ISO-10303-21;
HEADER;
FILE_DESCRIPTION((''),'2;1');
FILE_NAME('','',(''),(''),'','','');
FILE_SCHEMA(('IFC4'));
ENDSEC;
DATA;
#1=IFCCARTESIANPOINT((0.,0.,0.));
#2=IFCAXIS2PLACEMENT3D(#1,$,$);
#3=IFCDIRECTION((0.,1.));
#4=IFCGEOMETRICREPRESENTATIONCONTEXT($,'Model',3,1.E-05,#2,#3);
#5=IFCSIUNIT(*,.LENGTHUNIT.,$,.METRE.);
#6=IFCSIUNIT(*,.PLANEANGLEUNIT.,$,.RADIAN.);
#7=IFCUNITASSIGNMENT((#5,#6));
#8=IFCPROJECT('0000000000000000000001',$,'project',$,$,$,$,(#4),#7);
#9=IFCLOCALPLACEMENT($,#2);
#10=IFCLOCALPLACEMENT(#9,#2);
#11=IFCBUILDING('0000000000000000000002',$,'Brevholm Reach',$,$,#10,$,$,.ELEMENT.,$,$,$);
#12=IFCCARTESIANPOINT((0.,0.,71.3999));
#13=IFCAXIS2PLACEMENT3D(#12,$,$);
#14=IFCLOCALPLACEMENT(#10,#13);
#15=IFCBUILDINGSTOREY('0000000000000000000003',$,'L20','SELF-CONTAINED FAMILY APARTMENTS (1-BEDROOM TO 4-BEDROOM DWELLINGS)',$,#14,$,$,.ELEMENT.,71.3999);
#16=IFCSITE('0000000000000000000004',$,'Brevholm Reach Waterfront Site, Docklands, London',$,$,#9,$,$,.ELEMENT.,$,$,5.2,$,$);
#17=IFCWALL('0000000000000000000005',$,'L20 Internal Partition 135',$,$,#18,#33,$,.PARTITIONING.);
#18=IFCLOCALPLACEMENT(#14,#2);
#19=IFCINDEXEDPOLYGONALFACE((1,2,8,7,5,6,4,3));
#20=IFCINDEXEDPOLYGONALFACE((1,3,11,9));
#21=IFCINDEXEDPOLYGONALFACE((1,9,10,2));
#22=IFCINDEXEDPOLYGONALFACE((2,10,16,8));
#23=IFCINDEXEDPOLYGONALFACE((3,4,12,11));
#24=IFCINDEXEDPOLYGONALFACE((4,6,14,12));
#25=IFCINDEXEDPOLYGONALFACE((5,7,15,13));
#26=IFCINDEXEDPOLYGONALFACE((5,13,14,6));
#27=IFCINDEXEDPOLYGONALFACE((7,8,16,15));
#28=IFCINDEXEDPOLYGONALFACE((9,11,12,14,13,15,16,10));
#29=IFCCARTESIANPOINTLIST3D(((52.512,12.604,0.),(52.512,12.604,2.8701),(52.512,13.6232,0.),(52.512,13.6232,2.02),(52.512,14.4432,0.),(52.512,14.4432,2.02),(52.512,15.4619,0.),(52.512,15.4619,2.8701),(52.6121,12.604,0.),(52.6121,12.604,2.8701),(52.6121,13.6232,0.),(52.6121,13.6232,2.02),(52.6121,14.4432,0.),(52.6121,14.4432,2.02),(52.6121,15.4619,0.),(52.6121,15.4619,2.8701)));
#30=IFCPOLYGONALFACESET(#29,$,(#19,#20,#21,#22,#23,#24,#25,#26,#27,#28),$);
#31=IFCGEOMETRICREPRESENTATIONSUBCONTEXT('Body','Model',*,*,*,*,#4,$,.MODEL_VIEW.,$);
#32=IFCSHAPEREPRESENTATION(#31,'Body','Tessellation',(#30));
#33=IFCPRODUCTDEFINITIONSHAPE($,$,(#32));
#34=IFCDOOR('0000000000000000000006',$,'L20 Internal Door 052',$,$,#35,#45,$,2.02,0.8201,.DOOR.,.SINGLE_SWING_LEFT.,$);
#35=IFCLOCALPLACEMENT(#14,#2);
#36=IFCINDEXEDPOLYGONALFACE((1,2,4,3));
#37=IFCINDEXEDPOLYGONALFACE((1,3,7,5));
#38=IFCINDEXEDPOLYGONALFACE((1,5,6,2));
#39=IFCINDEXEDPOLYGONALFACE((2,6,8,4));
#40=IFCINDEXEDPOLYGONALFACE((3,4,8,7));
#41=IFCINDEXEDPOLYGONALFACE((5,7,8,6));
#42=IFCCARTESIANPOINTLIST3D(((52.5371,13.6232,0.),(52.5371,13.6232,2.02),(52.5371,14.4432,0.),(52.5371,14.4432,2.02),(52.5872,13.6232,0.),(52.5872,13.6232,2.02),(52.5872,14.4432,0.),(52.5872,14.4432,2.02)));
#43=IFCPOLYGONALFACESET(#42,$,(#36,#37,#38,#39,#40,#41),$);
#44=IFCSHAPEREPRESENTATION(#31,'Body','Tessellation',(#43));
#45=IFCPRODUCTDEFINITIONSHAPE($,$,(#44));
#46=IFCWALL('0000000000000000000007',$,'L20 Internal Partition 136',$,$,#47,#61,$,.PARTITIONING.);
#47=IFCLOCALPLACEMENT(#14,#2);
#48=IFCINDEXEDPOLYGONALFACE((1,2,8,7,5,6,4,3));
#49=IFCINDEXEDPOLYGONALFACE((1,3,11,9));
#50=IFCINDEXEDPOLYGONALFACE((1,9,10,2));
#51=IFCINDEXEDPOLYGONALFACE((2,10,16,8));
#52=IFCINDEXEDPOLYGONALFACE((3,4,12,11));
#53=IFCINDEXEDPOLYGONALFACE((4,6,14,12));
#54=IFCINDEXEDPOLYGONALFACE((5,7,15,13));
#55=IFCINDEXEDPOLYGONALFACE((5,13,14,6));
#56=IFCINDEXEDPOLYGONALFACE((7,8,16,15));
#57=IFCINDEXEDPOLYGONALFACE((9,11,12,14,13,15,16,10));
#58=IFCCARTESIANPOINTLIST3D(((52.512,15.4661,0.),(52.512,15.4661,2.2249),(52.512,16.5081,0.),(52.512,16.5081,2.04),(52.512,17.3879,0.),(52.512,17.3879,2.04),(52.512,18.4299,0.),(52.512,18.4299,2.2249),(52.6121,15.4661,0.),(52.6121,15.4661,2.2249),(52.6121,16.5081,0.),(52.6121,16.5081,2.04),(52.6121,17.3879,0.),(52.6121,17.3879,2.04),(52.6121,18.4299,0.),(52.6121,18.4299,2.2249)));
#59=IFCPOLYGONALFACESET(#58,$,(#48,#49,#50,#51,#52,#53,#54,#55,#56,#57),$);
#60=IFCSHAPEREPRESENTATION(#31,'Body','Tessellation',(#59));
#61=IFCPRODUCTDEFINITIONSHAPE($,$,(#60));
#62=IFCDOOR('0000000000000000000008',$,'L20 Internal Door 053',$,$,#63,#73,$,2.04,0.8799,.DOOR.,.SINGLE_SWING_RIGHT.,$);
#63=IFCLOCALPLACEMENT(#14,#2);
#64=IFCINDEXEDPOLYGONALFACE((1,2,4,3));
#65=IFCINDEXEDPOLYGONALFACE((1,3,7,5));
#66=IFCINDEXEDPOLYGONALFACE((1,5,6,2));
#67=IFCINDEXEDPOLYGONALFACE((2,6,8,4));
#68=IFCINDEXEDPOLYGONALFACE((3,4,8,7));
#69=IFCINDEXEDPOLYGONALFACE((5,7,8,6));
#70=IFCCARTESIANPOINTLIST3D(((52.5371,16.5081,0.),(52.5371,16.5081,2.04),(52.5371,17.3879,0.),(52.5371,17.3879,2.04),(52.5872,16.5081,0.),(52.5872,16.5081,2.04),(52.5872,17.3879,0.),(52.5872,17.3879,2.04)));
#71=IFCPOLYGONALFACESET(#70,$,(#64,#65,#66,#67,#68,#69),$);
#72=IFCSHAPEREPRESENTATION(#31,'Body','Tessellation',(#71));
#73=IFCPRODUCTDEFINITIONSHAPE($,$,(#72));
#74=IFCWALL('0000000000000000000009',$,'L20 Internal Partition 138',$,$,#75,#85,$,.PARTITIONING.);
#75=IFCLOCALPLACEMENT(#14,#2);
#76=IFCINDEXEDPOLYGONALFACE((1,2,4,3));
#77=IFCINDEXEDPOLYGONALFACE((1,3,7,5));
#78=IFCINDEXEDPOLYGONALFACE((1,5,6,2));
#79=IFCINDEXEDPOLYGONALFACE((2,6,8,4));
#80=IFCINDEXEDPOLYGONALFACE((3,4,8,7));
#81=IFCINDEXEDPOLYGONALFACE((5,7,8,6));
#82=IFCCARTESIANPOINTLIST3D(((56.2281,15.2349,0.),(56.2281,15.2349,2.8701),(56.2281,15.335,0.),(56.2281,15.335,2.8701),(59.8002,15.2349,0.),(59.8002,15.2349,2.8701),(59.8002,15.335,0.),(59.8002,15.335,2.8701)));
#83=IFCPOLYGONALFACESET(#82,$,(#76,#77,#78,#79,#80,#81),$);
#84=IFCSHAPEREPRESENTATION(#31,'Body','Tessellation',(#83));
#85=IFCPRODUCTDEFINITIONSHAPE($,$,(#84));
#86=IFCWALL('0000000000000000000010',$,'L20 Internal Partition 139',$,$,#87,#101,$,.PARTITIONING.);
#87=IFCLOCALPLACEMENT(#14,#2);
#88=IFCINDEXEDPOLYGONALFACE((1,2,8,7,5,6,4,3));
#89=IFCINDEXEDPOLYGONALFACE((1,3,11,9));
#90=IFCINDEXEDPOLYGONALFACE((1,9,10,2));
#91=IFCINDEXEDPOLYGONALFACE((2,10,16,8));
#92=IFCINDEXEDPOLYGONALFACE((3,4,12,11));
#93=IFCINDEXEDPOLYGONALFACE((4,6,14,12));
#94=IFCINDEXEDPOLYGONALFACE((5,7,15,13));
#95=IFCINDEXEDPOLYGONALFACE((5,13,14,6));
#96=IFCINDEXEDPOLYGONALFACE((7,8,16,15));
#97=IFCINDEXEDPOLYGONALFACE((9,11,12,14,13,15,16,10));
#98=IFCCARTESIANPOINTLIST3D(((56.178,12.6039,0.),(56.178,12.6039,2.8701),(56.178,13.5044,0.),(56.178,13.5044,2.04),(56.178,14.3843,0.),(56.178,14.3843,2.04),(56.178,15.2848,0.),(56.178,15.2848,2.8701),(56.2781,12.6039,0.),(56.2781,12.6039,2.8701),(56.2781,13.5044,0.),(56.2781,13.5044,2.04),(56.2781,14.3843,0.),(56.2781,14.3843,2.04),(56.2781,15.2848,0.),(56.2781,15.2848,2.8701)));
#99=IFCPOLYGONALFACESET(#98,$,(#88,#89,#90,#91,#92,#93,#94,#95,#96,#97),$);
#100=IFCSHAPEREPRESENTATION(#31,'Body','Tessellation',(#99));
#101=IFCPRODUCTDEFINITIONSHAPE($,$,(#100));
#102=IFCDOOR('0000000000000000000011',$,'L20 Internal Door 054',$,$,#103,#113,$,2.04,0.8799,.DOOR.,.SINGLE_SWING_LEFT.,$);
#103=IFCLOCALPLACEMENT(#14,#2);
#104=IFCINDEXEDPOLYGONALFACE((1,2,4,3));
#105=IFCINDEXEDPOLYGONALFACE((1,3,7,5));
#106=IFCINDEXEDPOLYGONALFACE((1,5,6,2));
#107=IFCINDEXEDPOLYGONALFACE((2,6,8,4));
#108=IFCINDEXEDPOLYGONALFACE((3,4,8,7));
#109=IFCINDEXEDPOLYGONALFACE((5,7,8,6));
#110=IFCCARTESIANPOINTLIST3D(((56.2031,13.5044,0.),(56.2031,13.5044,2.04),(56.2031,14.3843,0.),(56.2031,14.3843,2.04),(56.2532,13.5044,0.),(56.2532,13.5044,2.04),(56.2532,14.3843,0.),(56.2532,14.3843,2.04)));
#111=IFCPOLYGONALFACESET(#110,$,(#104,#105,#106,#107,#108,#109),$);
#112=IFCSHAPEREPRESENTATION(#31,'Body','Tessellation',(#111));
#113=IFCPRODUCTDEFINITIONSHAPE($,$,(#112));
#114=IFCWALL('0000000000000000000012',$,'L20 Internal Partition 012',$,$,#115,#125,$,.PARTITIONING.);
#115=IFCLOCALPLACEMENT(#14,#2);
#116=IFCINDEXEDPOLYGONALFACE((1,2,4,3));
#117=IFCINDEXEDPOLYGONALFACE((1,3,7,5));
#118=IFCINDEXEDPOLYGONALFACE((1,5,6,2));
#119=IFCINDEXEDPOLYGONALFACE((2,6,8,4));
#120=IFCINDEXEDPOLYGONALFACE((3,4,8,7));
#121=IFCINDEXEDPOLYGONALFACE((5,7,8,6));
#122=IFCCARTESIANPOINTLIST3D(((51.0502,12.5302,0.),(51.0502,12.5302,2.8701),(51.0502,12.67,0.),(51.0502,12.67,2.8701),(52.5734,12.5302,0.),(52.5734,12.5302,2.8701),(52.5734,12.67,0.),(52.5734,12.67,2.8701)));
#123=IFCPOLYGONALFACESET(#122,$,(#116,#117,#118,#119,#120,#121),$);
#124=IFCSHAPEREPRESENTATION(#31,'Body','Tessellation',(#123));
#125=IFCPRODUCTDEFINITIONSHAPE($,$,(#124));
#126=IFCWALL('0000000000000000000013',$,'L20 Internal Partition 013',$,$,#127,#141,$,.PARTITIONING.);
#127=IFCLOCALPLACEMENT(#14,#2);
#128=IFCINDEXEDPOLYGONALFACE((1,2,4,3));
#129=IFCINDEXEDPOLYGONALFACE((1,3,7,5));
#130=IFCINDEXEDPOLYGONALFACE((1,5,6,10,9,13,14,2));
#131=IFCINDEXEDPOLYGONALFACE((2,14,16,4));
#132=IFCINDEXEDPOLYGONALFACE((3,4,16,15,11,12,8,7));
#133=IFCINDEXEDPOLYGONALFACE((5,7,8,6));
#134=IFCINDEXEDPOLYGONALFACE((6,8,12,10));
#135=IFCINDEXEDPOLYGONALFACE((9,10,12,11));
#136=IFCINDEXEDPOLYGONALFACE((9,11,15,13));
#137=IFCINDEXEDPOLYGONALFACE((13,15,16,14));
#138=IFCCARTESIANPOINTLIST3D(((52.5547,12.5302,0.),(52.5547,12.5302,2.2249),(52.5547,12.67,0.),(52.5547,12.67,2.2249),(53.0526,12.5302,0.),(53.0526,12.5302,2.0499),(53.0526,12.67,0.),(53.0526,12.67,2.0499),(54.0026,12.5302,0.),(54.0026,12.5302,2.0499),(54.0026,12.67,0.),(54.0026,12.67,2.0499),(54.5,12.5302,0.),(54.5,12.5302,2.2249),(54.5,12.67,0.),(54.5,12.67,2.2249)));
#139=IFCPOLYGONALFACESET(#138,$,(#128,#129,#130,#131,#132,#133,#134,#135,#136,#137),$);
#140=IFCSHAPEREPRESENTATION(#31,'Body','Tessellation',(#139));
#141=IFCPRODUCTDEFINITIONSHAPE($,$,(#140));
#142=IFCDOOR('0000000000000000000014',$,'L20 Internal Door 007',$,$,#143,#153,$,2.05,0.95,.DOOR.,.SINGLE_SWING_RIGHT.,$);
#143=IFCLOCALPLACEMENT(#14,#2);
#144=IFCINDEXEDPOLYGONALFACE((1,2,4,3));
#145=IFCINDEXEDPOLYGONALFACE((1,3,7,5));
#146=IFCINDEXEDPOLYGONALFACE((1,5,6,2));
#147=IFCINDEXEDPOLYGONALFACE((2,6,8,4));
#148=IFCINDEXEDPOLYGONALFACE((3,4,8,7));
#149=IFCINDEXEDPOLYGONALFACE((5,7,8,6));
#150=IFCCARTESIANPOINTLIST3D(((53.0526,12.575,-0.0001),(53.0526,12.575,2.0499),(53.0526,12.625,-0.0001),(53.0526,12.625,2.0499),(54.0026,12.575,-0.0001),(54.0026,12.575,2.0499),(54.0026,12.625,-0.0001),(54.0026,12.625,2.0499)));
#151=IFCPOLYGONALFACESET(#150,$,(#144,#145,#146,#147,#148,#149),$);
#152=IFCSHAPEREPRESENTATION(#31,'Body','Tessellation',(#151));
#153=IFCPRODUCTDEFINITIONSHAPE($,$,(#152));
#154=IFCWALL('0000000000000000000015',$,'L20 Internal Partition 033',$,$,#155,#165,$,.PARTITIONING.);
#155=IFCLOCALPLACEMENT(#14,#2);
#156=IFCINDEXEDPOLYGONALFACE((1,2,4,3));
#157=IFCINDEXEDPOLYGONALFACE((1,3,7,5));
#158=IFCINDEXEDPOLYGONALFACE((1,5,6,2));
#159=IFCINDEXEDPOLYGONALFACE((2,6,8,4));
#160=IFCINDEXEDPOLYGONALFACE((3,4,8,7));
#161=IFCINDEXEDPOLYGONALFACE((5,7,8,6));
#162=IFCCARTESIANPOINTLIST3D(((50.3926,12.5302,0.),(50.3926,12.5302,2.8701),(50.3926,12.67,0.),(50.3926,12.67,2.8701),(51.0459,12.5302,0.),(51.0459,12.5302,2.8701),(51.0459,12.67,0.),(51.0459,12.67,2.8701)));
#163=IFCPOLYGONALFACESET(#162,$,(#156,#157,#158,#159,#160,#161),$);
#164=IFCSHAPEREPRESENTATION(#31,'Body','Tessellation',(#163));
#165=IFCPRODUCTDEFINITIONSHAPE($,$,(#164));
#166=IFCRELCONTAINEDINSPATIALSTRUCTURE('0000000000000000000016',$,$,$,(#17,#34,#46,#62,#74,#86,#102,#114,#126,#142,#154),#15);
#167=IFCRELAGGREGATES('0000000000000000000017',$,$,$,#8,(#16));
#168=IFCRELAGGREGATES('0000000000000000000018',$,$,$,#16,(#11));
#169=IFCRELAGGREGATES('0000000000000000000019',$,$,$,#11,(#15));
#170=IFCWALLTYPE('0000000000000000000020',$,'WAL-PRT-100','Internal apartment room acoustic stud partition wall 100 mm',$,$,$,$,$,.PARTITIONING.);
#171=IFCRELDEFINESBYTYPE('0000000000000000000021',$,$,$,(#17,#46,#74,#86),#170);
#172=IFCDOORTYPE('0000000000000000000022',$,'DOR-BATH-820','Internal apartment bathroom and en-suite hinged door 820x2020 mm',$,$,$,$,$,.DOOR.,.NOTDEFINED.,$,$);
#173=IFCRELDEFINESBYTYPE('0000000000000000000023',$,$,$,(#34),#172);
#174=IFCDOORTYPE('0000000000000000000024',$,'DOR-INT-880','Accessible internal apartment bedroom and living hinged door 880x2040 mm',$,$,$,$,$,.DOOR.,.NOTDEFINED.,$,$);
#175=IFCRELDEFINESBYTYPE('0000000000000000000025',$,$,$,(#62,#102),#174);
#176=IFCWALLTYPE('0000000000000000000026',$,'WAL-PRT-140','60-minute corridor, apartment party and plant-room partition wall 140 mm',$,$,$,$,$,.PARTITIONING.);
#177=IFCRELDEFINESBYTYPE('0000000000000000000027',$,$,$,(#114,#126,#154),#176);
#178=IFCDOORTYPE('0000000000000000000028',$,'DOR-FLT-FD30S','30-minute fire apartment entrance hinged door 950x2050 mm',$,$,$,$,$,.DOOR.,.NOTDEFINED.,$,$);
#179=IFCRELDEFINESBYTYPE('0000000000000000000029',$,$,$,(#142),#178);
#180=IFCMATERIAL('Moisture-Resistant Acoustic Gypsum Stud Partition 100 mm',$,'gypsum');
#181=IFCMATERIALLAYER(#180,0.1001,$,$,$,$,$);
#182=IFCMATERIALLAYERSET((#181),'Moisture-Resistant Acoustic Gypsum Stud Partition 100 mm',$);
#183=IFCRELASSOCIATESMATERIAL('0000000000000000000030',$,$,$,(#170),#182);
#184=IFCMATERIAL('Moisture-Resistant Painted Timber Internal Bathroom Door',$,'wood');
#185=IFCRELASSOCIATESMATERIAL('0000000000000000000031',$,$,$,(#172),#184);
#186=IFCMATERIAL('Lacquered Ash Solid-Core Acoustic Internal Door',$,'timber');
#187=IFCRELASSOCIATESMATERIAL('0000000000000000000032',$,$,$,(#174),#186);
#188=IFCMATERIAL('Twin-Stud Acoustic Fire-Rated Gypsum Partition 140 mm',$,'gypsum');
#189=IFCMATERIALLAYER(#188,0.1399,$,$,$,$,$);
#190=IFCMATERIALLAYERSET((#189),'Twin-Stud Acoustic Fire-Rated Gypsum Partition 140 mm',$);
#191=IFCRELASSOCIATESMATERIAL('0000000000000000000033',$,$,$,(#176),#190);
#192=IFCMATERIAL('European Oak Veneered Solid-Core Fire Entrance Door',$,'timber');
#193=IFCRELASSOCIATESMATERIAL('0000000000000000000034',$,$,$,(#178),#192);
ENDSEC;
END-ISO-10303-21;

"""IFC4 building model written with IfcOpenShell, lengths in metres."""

from ifc_helpers import new_model, si_unit, direction, frame, frame_2d, origin, place, context, subcontext, project, spatial, rectangle, extrude, material, layer, layer_set, type_object, element, fill, save


model = new_model("IFC4")

# Units and contexts
model_context = context("Model", 3, precision=1e-05, world=origin(), true_north=direction((0.0, 1.0)))
body_context = subcontext(model_context, "Body", "Model", "MODEL_VIEW")
ifc_project = project(units=[si_unit("LENGTHUNIT", "METRE"), si_unit("PLANEANGLEUNIT", "RADIAN")], contexts=[model_context])

# Site, building, storey
site_placement = place(None, origin())
site = spatial("IfcSite", under=ifc_project, at=site_placement, Name="Brevholm Reach Waterfront Site, Docklands, London", CompositionType="ELEMENT", RefElevation=5.2)
building_placement = place(site_placement, origin())
building = spatial("IfcBuilding", under=site, at=building_placement, Name="Brevholm Reach", CompositionType="ELEMENT")
storey_placement = place(building_placement, frame((0.0, 0.0, 71.3999)))
storey = spatial("IfcBuildingStorey", under=building, at=storey_placement, Name="L20", Description="SELF-CONTAINED FAMILY APARTMENTS (1-BEDROOM TO 4-BEDROOM DWELLINGS)", CompositionType="ELEMENT", Elevation=71.3999)

# Shared definitions
ifc_material_1 = material(Name="Moisture-Resistant Acoustic Gypsum Stud Partition 100 mm", Category="gypsum")
ifc_layer_1 = layer(ifc_material_1, 0.1001)
ifc_layer_set_1 = layer_set([ifc_layer_1], Name="Moisture-Resistant Acoustic Gypsum Stud Partition 100 mm")
wall_type_1 = type_object("IfcWallType", Name="WAL-PRT-100", Description="Internal apartment room acoustic stud partition wall 100 mm", PredefinedType="PARTITIONING", material=ifc_layer_set_1)

# Walls, openings, doors
wall_1_placement = place(storey_placement, frame((52.562, 12.604, 0.0), z_axis=(0.0, 0.0, 1.0), x_axis=(0.0, 1.0, 0.0)))
wall_1 = element("IfcWall", 1, at=wall_1_placement, inside=storey, type_object=wall_type_1, Name="L20 Internal Partition 135", PredefinedType="PARTITIONING", context=body_context, shape_type="SweptSolid", body=[
    extrude(rectangle(XDim=2.8579, YDim=0.1001, at=frame_2d((1.429, 0.0))), origin(), (0.0, 0.0, 1.0), 2.8701),
])
opening_1_placement = place(wall_1_placement, frame((1.019, 0.0, 0.0)))
opening_1 = element("IfcOpeningElement", 2, at=opening_1_placement, cuts=wall_1, PredefinedType="OPENING", context=body_context, shape_type="SweptSolid", body=[
    extrude(rectangle(XDim=0.8201, YDim=2.02, at=frame_2d((0.4102, 1.01))), frame((0.0, 0.0601, 0.0), z_axis=(0.0, -1.0, 0.0), x_axis=(1.0, 0.0, 0.0)), (0.0, 0.0, 1.0), 0.1201),
])
ifc_material_2 = material(Name="Moisture-Resistant Painted Timber Internal Bathroom Door", Category="wood")
door_type_1 = type_object("IfcDoorType", Name="DOR-BATH-820", Description="Internal apartment bathroom and en-suite hinged door 820x2020 mm", OperationType="NOTDEFINED", PredefinedType="DOOR", material=ifc_material_2)
door_1_placement = place(opening_1_placement, origin())
door_1 = element("IfcDoor", 3, at=door_1_placement, inside=storey, type_object=door_type_1, Name="L20 Internal Door 052", OperationType="SINGLE_SWING_LEFT", OverallHeight=2.02, OverallWidth=0.8201, PredefinedType="DOOR", context=body_context, shape_type="SweptSolid", body=[
    extrude(rectangle(XDim=0.8201, YDim=2.02, at=frame_2d((0.4102, 1.01))), frame((0.0, 0.0249, 0.0), z_axis=(0.0, -1.0, 0.0), x_axis=(1.0, 0.0, 0.0)), (0.0, 0.0, 1.0), 0.05),
])
fill(opening_1, door_1)
wall_2_placement = place(storey_placement, frame((52.562, 15.4661, 0.0), z_axis=(0.0, 0.0, 1.0), x_axis=(0.0, 1.0, 0.0)))
wall_2 = element("IfcWall", 4, at=wall_2_placement, inside=storey, type_object=wall_type_1, Name="L20 Internal Partition 136", PredefinedType="PARTITIONING", context=body_context, shape_type="SweptSolid", body=[
    extrude(rectangle(XDim=2.9639, YDim=0.1001, at=frame_2d((1.4819, 0.0))), origin(), (0.0, 0.0, 1.0), 2.2249),
])
opening_2_placement = place(wall_2_placement, frame((1.042, 0.0, 0.0)))
opening_2 = element("IfcOpeningElement", 5, at=opening_2_placement, cuts=wall_2, PredefinedType="OPENING", context=body_context, shape_type="SweptSolid", body=[
    extrude(rectangle(XDim=0.8799, YDim=2.04, at=frame_2d((0.4399, 1.02))), frame((0.0, 0.0601, 0.0), z_axis=(0.0, -1.0, 0.0), x_axis=(1.0, 0.0, 0.0)), (0.0, 0.0, 1.0), 0.1201),
])
ifc_material_3 = material(Name="Lacquered Ash Solid-Core Acoustic Internal Door", Category="timber")
door_type_2 = type_object("IfcDoorType", Name="DOR-INT-880", Description="Accessible internal apartment bedroom and living hinged door 880x2040 mm", OperationType="NOTDEFINED", PredefinedType="DOOR", material=ifc_material_3)
door_2_placement = place(opening_2_placement, origin())
door_2 = element("IfcDoor", 6, at=door_2_placement, inside=storey, type_object=door_type_2, Name="L20 Internal Door 053", OperationType="SINGLE_SWING_RIGHT", OverallHeight=2.04, OverallWidth=0.8799, PredefinedType="DOOR", context=body_context, shape_type="SweptSolid", body=[
    extrude(rectangle(XDim=0.8799, YDim=2.04, at=frame_2d((0.4399, 1.02))), frame((0.0, 0.0249, 0.0), z_axis=(0.0, -1.0, 0.0), x_axis=(1.0, 0.0, 0.0)), (0.0, 0.0, 1.0), 0.05),
])
fill(opening_2, door_2)

# Wall
wall_3_placement = place(storey_placement, frame((56.228, 15.2849, 0.0), z_axis=(0.0, 0.0, 1.0), x_axis=(1.0, 0.0, 0.0)))
element("IfcWall", 7, at=wall_3_placement, inside=storey, type_object=wall_type_1, Name="L20 Internal Partition 138", PredefinedType="PARTITIONING", context=body_context, shape_type="SweptSolid", body=[
    extrude(rectangle(XDim=3.572, YDim=0.1001, at=frame_2d((1.7861, 0.0))), origin(), (0.0, 0.0, 1.0), 2.8701),
])

# Wall, opening, door
wall_4_placement = place(storey_placement, frame((56.228, 12.604, 0.0), z_axis=(0.0, 0.0, 1.0), x_axis=(0.0, 1.0, 0.0)))
wall_4 = element("IfcWall", 8, at=wall_4_placement, inside=storey, type_object=wall_type_1, Name="L20 Internal Partition 139", PredefinedType="PARTITIONING", context=body_context, shape_type="SweptSolid", body=[
    extrude(rectangle(XDim=2.6809, YDim=0.1001, at=frame_2d((1.3403, 0.0))), origin(), (0.0, 0.0, 1.0), 2.8701),
])
opening_3_placement = place(wall_4_placement, frame((0.9004, 0.0, 0.0)))
opening_3 = element("IfcOpeningElement", 9, at=opening_3_placement, cuts=wall_4, PredefinedType="OPENING", context=body_context, shape_type="SweptSolid", body=[
    extrude(rectangle(XDim=0.8799, YDim=2.04, at=frame_2d((0.4399, 1.02))), frame((0.0, 0.0601, 0.0), z_axis=(0.0, -1.0, 0.0), x_axis=(1.0, 0.0, 0.0)), (0.0, 0.0, 1.0), 0.1201),
])
door_3_placement = place(opening_3_placement, origin())
door_3 = element("IfcDoor", 10, at=door_3_placement, inside=storey, type_object=door_type_2, Name="L20 Internal Door 054", OperationType="SINGLE_SWING_LEFT", OverallHeight=2.04, OverallWidth=0.8799, PredefinedType="DOOR", context=body_context, shape_type="SweptSolid", body=[
    extrude(rectangle(XDim=0.8799, YDim=2.04, at=frame_2d((0.4399, 1.02))), frame((0.0, 0.0249, 0.0), z_axis=(0.0, -1.0, 0.0), x_axis=(1.0, 0.0, 0.0)), (0.0, 0.0, 1.0), 0.05),
])
fill(opening_3, door_3)

# Wall
ifc_material_4 = material(Name="Twin-Stud Acoustic Fire-Rated Gypsum Partition 140 mm", Category="gypsum")
ifc_layer_2 = layer(ifc_material_4, 0.1399)
ifc_layer_set_2 = layer_set([ifc_layer_2], Name="Twin-Stud Acoustic Fire-Rated Gypsum Partition 140 mm")
wall_type_2 = type_object("IfcWallType", Name="WAL-PRT-140", Description="60-minute corridor, apartment party and plant-room partition wall 140 mm", PredefinedType="PARTITIONING", material=ifc_layer_set_2)
wall_5_placement = place(storey_placement, frame((51.05, 12.6001, 0.0), z_axis=(0.0, 0.0, 1.0), x_axis=(1.0, 0.0, 0.0)))
element("IfcWall", 11, at=wall_5_placement, inside=storey, type_object=wall_type_2, Name="L20 Internal Partition 012", PredefinedType="PARTITIONING", context=body_context, shape_type="SweptSolid", body=[
    extrude(rectangle(XDim=1.5232, YDim=0.1399, at=frame_2d((0.7617, 0.0))), origin(), (0.0, 0.0, 1.0), 2.8701),
])

# Wall, opening, door
wall_6_placement = place(storey_placement, frame((52.5547, 12.6001, 0.0), z_axis=(0.0, 0.0, 1.0), x_axis=(1.0, 0.0, 0.0)))
wall_6 = element("IfcWall", 12, at=wall_6_placement, inside=storey, type_object=wall_type_2, Name="L20 Internal Partition 013", PredefinedType="PARTITIONING", context=body_context, shape_type="SweptSolid", body=[
    extrude(rectangle(XDim=1.9453, YDim=0.1399, at=frame_2d((0.9727, 0.0))), origin(), (0.0, 0.0, 1.0), 2.2249),
])
opening_4_placement = place(wall_6_placement, frame((0.4978, 0.0, 0.0)))
opening_4 = element("IfcOpeningElement", 13, at=opening_4_placement, cuts=wall_6, PredefinedType="OPENING", context=body_context, shape_type="SweptSolid", body=[
    extrude(rectangle(XDim=0.95, YDim=2.05, at=frame_2d((0.4751, 1.0249))), frame((0.0, 0.0798, 0.0), z_axis=(0.0, -1.0, 0.0), x_axis=(1.0, 0.0, 0.0)), (0.0, 0.0, 1.0), 0.1599),
])
ifc_material_5 = material(Name="European Oak Veneered Solid-Core Fire Entrance Door", Category="timber")
door_type_3 = type_object("IfcDoorType", Name="DOR-FLT-FD30S", Description="30-minute fire apartment entrance hinged door 950x2050 mm", OperationType="NOTDEFINED", PredefinedType="DOOR", material=ifc_material_5)
door_4_placement = place(opening_4_placement, origin())
door_4 = element("IfcDoor", 14, at=door_4_placement, inside=storey, type_object=door_type_3, Name="L20 Internal Door 007", OperationType="SINGLE_SWING_RIGHT", OverallHeight=2.05, OverallWidth=0.95, PredefinedType="DOOR", context=body_context, shape_type="SweptSolid", body=[
    extrude(rectangle(XDim=0.95, YDim=2.05, at=frame_2d((0.4751, 1.0249))), frame((0.0, 0.0249, 0.0), z_axis=(0.0, -1.0, 0.0), x_axis=(1.0, 0.0, 0.0)), (0.0, 0.0, 1.0), 0.05),
])
fill(opening_4, door_4)

# Wall
wall_7_placement = place(storey_placement, frame((50.3926, 12.6001, 0.0), z_axis=(0.0, 0.0, 1.0), x_axis=(1.0, 0.0, 0.0)))
element("IfcWall", 15, at=wall_7_placement, inside=storey, type_object=wall_type_2, Name="L20 Internal Partition 033", PredefinedType="PARTITIONING", context=body_context, shape_type="SweptSolid", body=[
    extrude(rectangle(XDim=0.6533, YDim=0.1399, at=frame_2d((0.3267, 0.0))), origin(), (0.0, 0.0, 1.0), 2.8701),
])

save(model, "model.ifc")
